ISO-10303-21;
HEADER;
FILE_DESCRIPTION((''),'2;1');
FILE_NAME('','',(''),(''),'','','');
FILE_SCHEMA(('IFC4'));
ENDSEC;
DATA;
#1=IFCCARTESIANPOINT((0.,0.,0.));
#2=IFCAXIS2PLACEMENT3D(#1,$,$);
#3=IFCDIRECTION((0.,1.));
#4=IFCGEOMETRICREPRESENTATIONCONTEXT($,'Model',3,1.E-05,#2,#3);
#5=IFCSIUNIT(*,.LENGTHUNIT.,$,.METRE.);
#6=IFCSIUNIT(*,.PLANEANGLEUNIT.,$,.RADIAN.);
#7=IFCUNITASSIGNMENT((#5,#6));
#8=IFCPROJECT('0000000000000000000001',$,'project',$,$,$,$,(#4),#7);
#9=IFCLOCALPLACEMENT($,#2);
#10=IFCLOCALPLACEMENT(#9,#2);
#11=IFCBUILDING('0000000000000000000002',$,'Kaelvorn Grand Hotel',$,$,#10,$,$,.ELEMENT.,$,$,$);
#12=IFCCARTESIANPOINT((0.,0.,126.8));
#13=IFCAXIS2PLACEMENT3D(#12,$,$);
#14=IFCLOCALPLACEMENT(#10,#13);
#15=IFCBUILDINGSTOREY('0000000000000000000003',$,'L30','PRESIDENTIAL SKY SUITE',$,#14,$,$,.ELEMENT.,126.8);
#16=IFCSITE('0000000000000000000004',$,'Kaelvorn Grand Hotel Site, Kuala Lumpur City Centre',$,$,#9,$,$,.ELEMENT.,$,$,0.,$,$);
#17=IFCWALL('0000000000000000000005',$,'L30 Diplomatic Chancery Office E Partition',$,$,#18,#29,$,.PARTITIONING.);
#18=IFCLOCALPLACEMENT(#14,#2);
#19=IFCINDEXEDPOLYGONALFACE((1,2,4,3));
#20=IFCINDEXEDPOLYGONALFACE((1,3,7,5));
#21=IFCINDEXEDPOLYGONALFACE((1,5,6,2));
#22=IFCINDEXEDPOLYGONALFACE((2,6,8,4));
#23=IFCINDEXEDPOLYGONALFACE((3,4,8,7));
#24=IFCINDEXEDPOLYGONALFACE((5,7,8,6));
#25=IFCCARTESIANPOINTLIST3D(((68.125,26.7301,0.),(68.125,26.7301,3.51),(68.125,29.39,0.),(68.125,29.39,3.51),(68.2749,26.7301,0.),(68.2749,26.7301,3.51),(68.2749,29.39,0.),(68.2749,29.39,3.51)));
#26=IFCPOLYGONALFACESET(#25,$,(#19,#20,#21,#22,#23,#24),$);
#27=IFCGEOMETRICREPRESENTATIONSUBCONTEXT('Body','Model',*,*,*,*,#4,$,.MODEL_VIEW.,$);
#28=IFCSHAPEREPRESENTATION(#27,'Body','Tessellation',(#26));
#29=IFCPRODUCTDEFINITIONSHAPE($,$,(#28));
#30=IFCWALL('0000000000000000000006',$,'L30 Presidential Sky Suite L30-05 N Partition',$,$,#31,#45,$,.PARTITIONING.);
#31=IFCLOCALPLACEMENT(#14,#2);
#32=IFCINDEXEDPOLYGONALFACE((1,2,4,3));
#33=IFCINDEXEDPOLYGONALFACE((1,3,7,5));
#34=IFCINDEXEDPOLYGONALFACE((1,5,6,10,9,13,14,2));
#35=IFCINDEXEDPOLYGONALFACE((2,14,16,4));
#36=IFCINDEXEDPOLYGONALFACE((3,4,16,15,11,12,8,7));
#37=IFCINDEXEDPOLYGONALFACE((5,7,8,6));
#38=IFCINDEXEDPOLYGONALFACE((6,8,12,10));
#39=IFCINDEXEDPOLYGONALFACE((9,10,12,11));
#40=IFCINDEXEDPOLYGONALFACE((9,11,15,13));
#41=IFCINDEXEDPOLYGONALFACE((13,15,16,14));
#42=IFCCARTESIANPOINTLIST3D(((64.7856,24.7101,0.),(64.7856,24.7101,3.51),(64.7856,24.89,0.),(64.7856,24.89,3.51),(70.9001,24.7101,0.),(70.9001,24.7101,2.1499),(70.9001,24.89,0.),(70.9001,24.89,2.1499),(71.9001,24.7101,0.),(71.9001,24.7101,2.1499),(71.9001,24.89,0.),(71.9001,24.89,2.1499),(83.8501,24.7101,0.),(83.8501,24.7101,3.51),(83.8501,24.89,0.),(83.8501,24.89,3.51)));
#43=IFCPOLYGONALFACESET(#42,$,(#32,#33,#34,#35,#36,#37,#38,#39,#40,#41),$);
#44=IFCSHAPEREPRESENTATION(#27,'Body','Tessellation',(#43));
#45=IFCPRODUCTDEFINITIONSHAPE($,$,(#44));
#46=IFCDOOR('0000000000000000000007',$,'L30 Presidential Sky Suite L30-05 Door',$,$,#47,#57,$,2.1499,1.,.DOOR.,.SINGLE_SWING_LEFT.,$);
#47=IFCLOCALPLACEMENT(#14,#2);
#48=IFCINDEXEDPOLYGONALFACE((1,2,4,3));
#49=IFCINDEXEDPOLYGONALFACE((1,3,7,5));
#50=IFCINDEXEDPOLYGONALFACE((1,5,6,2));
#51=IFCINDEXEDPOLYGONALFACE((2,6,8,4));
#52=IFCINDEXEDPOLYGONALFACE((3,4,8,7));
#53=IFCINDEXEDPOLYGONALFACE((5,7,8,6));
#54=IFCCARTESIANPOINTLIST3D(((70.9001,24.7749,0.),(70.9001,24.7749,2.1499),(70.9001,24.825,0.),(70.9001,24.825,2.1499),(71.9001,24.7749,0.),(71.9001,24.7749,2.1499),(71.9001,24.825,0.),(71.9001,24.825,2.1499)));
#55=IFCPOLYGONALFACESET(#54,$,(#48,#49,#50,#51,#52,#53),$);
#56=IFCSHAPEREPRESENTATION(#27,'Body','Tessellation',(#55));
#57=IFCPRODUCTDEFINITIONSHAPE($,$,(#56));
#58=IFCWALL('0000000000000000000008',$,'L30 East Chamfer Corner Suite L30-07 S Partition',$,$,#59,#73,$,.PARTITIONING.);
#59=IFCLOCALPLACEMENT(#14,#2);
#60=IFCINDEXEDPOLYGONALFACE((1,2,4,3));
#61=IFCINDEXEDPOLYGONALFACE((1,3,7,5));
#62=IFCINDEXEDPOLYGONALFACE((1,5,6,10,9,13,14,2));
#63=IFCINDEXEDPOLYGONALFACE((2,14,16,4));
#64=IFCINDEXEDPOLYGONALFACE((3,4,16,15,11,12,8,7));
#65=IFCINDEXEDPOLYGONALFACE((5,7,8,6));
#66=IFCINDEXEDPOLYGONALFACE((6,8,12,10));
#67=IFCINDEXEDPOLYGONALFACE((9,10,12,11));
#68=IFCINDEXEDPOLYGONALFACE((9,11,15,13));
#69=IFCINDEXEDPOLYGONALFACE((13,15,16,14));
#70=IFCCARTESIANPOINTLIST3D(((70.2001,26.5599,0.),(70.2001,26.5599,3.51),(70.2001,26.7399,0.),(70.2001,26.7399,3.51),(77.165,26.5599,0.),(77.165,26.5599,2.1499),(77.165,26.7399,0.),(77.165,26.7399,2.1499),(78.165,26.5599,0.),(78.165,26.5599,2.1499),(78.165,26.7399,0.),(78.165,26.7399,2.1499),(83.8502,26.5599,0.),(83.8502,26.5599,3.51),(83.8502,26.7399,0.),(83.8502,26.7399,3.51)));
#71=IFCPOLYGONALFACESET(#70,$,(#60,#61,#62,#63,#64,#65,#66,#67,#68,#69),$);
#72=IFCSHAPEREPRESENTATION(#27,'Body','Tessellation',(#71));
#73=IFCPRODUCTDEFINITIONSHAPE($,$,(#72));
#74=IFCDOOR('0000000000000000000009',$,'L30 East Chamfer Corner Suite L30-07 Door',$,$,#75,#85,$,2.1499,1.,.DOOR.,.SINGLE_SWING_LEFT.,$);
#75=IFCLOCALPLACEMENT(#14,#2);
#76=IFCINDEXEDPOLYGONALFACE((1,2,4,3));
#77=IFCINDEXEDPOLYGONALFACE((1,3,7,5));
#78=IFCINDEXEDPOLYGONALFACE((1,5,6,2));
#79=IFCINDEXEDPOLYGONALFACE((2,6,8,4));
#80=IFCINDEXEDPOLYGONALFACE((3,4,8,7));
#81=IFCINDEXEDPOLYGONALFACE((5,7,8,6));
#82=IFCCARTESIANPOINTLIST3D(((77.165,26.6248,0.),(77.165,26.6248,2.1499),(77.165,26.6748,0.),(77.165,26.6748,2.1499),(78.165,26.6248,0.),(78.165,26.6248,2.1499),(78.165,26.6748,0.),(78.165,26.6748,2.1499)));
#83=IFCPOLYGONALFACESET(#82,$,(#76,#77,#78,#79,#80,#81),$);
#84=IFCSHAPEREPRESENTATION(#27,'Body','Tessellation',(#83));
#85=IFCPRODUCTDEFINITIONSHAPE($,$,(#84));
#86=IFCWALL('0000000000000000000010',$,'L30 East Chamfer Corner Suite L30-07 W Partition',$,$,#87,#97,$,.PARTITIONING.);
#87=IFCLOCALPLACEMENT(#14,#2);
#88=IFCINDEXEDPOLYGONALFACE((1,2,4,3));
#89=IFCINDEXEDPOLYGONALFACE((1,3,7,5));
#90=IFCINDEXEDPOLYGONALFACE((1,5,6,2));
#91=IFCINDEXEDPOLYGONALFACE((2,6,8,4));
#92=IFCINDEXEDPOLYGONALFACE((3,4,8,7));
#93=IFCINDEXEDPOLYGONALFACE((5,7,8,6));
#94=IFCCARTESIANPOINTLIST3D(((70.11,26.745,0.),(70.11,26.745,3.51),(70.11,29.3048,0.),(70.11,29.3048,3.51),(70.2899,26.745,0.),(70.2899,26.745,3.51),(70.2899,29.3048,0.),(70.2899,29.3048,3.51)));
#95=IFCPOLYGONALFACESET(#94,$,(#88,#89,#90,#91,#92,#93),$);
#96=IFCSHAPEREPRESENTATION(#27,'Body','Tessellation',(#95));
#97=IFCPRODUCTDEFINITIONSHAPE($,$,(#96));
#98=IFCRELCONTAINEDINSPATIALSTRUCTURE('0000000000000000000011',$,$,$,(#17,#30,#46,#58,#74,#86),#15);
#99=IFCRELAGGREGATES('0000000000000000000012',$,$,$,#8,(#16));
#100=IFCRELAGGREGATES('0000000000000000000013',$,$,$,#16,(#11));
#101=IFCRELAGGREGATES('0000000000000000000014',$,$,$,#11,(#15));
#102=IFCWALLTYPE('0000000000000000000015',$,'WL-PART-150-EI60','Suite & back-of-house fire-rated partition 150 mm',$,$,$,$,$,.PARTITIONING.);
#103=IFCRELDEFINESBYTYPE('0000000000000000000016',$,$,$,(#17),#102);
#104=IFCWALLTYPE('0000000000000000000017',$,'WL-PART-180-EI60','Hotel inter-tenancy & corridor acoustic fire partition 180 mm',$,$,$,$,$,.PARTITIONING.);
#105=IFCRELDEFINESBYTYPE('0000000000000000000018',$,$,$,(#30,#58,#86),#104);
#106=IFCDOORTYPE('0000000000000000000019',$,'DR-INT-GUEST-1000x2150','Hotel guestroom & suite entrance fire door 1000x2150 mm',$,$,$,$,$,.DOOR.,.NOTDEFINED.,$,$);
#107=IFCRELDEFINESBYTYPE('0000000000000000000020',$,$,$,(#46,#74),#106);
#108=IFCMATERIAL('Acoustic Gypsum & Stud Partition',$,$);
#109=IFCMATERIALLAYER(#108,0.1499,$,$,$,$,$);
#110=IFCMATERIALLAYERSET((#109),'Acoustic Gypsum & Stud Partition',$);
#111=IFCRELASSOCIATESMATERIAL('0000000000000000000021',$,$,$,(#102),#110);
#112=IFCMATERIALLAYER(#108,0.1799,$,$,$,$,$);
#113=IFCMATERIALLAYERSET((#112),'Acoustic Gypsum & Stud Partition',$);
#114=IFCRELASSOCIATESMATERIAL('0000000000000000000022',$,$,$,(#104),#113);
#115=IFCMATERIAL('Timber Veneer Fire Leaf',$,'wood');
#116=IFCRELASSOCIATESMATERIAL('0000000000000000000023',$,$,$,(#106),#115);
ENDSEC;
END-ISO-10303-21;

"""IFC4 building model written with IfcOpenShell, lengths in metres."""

from ifc_helpers import new_model, si_unit, direction, frame, frame_2d, origin, place, context, subcontext, project, spatial, rectangle, extrude, material, layer, layer_set, type_object, element, fill, save


model = new_model("IFC4")

# Units and contexts
model_context = context("Model", 3, precision=1e-05, world=origin(), true_north=direction((0.0, 1.0)))
body_context = subcontext(model_context, "Body", "Model", "MODEL_VIEW")
ifc_project = project(units=[si_unit("LENGTHUNIT", "METRE"), si_unit("PLANEANGLEUNIT", "RADIAN")], contexts=[model_context])

# Site, building, storey
site_placement = place(None, origin())
site = spatial("IfcSite", under=ifc_project, at=site_placement, Name="Kaelvorn Grand Hotel Site, Kuala Lumpur City Centre", CompositionType="ELEMENT", RefElevation=0.0)
building_placement = place(site_placement, origin())
building = spatial("IfcBuilding", under=site, at=building_placement, Name="Kaelvorn Grand Hotel", CompositionType="ELEMENT")
storey_placement = place(building_placement, frame((0.0, 0.0, 126.8)))
storey = spatial("IfcBuildingStorey", under=building, at=storey_placement, Name="L30", Description="PRESIDENTIAL SKY SUITE", CompositionType="ELEMENT", Elevation=126.8)

# Wall
ifc_material_1 = material(Name="Acoustic Gypsum & Stud Partition")
ifc_layer_1 = layer(ifc_material_1, 0.1499)
ifc_layer_set_1 = layer_set([ifc_layer_1], Name="Acoustic Gypsum & Stud Partition")
wall_type_1 = type_object("IfcWallType", Name="WL-PART-150-EI60", Description="Suite & back-of-house fire-rated partition 150 mm", PredefinedType="PARTITIONING", material=ifc_layer_set_1)
wall_1_placement = place(storey_placement, frame((68.2, 26.73, 0.0), z_axis=(0.0, 0.0, 1.0), x_axis=(0.0, 1.0, 0.0)))
element("IfcWall", 1, at=wall_1_placement, inside=storey, type_object=wall_type_1, Name="L30 Diplomatic Chancery Office E Partition", PredefinedType="PARTITIONING", context=body_context, shape_type="SweptSolid", body=[
    extrude(rectangle(XDim=2.6599, YDim=0.1499, at=frame_2d((1.3301, 0.0))), origin(), (0.0, 0.0, 1.0), 3.51),
])

# Walls, openings, doors
ifc_layer_2 = layer(ifc_material_1, 0.1799)
ifc_layer_set_2 = layer_set([ifc_layer_2], Name="Acoustic Gypsum & Stud Partition")
wall_type_2 = type_object("IfcWallType", Name="WL-PART-180-EI60", Description="Hotel inter-tenancy & corridor acoustic fire partition 180 mm", PredefinedType="PARTITIONING", material=ifc_layer_set_2)
wall_2_placement = place(storey_placement, frame((64.7856, 24.8, 0.0), z_axis=(0.0, 0.0, 1.0), x_axis=(1.0, 0.0, 0.0)))
wall_2 = element("IfcWall", 2, at=wall_2_placement, inside=storey, type_object=wall_type_2, Name="L30 Presidential Sky Suite L30-05 N Partition", PredefinedType="PARTITIONING", context=body_context, shape_type="SweptSolid", body=[
    extrude(rectangle(XDim=19.0645, YDim=0.1799, at=frame_2d((9.5322, 0.0))), origin(), (0.0, 0.0, 1.0), 3.51),
])
opening_1_placement = place(wall_2_placement, frame((6.1145, 0.0, 0.0)))
opening_1 = element("IfcOpeningElement", 3, at=opening_1_placement, cuts=wall_2, PredefinedType="OPENING", context=body_context, shape_type="SweptSolid", body=[
    extrude(rectangle(XDim=1.0, YDim=2.1499, at=frame_2d((0.5, 1.075))), frame((0.0, 0.1001, 0.0), z_axis=(0.0, -1.0, 0.0), x_axis=(1.0, 0.0, 0.0)), (0.0, 0.0, 1.0), 0.2),
])
ifc_material_2 = material(Name="Timber Veneer Fire Leaf", Category="wood")
door_type_1 = type_object("IfcDoorType", Name="DR-INT-GUEST-1000x2150", Description="Hotel guestroom & suite entrance fire door 1000x2150 mm", OperationType="NOTDEFINED", PredefinedType="DOOR", material=ifc_material_2)
door_1_placement = place(opening_1_placement, origin())
door_1 = element("IfcDoor", 4, at=door_1_placement, inside=storey, type_object=door_type_1, Name="L30 Presidential Sky Suite L30-05 Door", OperationType="SINGLE_SWING_LEFT", OverallHeight=2.1499, OverallWidth=1.0, PredefinedType="DOOR", context=body_context, shape_type="SweptSolid", body=[
    extrude(rectangle(XDim=1.0, YDim=2.1499, at=frame_2d((0.5, 1.075))), frame((0.0, 0.0249, 0.0), z_axis=(0.0, -1.0, 0.0), x_axis=(1.0, 0.0, 0.0)), (0.0, 0.0, 1.0), 0.05),
])
fill(opening_1, door_1)
wall_3_placement = place(storey_placement, frame((70.2, 26.6499, 0.0), z_axis=(0.0, 0.0, 1.0), x_axis=(1.0, 0.0, 0.0)))
wall_3 = element("IfcWall", 5, at=wall_3_placement, inside=storey, type_object=wall_type_2, Name="L30 East Chamfer Corner Suite L30-07 S Partition", PredefinedType="PARTITIONING", context=body_context, shape_type="SweptSolid", body=[
    extrude(rectangle(XDim=13.6501, YDim=0.1799, at=frame_2d((6.8252, 0.0))), origin(), (0.0, 0.0, 1.0), 3.51),
])
opening_2_placement = place(wall_3_placement, frame((6.9651, 0.0, 0.0)))
opening_2 = element("IfcOpeningElement", 6, at=opening_2_placement, cuts=wall_3, PredefinedType="OPENING", context=body_context, shape_type="SweptSolid", body=[
    extrude(rectangle(XDim=1.0, YDim=2.1499, at=frame_2d((0.5, 1.075))), frame((0.0, 0.1001, 0.0), z_axis=(0.0, -1.0, 0.0), x_axis=(1.0, 0.0, 0.0)), (0.0, 0.0, 1.0), 0.2),
])
door_2_placement = place(opening_2_placement, origin())
door_2 = element("IfcDoor", 7, at=door_2_placement, inside=storey, type_object=door_type_1, Name="L30 East Chamfer Corner Suite L30-07 Door", OperationType="SINGLE_SWING_LEFT", OverallHeight=2.1499, OverallWidth=1.0, PredefinedType="DOOR", context=body_context, shape_type="SweptSolid", body=[
    extrude(rectangle(XDim=1.0, YDim=2.1499, at=frame_2d((0.5, 1.075))), frame((0.0, 0.0249, 0.0), z_axis=(0.0, -1.0, 0.0), x_axis=(1.0, 0.0, 0.0)), (0.0, 0.0, 1.0), 0.05),
])
fill(opening_2, door_2)

# Wall
wall_4_placement = place(storey_placement, frame((70.2, 26.7451, 0.0), z_axis=(0.0, 0.0, 1.0), x_axis=(0.0, 1.0, 0.0)))
element("IfcWall", 8, at=wall_4_placement, inside=storey, type_object=wall_type_2, Name="L30 East Chamfer Corner Suite L30-07 W Partition", PredefinedType="PARTITIONING", context=body_context, shape_type="SweptSolid", body=[
    extrude(rectangle(XDim=2.5598, YDim=0.1799, at=frame_2d((1.2798, 0.0))), origin(), (0.0, 0.0, 1.0), 3.51),
])

save(model, "model.ifc")
